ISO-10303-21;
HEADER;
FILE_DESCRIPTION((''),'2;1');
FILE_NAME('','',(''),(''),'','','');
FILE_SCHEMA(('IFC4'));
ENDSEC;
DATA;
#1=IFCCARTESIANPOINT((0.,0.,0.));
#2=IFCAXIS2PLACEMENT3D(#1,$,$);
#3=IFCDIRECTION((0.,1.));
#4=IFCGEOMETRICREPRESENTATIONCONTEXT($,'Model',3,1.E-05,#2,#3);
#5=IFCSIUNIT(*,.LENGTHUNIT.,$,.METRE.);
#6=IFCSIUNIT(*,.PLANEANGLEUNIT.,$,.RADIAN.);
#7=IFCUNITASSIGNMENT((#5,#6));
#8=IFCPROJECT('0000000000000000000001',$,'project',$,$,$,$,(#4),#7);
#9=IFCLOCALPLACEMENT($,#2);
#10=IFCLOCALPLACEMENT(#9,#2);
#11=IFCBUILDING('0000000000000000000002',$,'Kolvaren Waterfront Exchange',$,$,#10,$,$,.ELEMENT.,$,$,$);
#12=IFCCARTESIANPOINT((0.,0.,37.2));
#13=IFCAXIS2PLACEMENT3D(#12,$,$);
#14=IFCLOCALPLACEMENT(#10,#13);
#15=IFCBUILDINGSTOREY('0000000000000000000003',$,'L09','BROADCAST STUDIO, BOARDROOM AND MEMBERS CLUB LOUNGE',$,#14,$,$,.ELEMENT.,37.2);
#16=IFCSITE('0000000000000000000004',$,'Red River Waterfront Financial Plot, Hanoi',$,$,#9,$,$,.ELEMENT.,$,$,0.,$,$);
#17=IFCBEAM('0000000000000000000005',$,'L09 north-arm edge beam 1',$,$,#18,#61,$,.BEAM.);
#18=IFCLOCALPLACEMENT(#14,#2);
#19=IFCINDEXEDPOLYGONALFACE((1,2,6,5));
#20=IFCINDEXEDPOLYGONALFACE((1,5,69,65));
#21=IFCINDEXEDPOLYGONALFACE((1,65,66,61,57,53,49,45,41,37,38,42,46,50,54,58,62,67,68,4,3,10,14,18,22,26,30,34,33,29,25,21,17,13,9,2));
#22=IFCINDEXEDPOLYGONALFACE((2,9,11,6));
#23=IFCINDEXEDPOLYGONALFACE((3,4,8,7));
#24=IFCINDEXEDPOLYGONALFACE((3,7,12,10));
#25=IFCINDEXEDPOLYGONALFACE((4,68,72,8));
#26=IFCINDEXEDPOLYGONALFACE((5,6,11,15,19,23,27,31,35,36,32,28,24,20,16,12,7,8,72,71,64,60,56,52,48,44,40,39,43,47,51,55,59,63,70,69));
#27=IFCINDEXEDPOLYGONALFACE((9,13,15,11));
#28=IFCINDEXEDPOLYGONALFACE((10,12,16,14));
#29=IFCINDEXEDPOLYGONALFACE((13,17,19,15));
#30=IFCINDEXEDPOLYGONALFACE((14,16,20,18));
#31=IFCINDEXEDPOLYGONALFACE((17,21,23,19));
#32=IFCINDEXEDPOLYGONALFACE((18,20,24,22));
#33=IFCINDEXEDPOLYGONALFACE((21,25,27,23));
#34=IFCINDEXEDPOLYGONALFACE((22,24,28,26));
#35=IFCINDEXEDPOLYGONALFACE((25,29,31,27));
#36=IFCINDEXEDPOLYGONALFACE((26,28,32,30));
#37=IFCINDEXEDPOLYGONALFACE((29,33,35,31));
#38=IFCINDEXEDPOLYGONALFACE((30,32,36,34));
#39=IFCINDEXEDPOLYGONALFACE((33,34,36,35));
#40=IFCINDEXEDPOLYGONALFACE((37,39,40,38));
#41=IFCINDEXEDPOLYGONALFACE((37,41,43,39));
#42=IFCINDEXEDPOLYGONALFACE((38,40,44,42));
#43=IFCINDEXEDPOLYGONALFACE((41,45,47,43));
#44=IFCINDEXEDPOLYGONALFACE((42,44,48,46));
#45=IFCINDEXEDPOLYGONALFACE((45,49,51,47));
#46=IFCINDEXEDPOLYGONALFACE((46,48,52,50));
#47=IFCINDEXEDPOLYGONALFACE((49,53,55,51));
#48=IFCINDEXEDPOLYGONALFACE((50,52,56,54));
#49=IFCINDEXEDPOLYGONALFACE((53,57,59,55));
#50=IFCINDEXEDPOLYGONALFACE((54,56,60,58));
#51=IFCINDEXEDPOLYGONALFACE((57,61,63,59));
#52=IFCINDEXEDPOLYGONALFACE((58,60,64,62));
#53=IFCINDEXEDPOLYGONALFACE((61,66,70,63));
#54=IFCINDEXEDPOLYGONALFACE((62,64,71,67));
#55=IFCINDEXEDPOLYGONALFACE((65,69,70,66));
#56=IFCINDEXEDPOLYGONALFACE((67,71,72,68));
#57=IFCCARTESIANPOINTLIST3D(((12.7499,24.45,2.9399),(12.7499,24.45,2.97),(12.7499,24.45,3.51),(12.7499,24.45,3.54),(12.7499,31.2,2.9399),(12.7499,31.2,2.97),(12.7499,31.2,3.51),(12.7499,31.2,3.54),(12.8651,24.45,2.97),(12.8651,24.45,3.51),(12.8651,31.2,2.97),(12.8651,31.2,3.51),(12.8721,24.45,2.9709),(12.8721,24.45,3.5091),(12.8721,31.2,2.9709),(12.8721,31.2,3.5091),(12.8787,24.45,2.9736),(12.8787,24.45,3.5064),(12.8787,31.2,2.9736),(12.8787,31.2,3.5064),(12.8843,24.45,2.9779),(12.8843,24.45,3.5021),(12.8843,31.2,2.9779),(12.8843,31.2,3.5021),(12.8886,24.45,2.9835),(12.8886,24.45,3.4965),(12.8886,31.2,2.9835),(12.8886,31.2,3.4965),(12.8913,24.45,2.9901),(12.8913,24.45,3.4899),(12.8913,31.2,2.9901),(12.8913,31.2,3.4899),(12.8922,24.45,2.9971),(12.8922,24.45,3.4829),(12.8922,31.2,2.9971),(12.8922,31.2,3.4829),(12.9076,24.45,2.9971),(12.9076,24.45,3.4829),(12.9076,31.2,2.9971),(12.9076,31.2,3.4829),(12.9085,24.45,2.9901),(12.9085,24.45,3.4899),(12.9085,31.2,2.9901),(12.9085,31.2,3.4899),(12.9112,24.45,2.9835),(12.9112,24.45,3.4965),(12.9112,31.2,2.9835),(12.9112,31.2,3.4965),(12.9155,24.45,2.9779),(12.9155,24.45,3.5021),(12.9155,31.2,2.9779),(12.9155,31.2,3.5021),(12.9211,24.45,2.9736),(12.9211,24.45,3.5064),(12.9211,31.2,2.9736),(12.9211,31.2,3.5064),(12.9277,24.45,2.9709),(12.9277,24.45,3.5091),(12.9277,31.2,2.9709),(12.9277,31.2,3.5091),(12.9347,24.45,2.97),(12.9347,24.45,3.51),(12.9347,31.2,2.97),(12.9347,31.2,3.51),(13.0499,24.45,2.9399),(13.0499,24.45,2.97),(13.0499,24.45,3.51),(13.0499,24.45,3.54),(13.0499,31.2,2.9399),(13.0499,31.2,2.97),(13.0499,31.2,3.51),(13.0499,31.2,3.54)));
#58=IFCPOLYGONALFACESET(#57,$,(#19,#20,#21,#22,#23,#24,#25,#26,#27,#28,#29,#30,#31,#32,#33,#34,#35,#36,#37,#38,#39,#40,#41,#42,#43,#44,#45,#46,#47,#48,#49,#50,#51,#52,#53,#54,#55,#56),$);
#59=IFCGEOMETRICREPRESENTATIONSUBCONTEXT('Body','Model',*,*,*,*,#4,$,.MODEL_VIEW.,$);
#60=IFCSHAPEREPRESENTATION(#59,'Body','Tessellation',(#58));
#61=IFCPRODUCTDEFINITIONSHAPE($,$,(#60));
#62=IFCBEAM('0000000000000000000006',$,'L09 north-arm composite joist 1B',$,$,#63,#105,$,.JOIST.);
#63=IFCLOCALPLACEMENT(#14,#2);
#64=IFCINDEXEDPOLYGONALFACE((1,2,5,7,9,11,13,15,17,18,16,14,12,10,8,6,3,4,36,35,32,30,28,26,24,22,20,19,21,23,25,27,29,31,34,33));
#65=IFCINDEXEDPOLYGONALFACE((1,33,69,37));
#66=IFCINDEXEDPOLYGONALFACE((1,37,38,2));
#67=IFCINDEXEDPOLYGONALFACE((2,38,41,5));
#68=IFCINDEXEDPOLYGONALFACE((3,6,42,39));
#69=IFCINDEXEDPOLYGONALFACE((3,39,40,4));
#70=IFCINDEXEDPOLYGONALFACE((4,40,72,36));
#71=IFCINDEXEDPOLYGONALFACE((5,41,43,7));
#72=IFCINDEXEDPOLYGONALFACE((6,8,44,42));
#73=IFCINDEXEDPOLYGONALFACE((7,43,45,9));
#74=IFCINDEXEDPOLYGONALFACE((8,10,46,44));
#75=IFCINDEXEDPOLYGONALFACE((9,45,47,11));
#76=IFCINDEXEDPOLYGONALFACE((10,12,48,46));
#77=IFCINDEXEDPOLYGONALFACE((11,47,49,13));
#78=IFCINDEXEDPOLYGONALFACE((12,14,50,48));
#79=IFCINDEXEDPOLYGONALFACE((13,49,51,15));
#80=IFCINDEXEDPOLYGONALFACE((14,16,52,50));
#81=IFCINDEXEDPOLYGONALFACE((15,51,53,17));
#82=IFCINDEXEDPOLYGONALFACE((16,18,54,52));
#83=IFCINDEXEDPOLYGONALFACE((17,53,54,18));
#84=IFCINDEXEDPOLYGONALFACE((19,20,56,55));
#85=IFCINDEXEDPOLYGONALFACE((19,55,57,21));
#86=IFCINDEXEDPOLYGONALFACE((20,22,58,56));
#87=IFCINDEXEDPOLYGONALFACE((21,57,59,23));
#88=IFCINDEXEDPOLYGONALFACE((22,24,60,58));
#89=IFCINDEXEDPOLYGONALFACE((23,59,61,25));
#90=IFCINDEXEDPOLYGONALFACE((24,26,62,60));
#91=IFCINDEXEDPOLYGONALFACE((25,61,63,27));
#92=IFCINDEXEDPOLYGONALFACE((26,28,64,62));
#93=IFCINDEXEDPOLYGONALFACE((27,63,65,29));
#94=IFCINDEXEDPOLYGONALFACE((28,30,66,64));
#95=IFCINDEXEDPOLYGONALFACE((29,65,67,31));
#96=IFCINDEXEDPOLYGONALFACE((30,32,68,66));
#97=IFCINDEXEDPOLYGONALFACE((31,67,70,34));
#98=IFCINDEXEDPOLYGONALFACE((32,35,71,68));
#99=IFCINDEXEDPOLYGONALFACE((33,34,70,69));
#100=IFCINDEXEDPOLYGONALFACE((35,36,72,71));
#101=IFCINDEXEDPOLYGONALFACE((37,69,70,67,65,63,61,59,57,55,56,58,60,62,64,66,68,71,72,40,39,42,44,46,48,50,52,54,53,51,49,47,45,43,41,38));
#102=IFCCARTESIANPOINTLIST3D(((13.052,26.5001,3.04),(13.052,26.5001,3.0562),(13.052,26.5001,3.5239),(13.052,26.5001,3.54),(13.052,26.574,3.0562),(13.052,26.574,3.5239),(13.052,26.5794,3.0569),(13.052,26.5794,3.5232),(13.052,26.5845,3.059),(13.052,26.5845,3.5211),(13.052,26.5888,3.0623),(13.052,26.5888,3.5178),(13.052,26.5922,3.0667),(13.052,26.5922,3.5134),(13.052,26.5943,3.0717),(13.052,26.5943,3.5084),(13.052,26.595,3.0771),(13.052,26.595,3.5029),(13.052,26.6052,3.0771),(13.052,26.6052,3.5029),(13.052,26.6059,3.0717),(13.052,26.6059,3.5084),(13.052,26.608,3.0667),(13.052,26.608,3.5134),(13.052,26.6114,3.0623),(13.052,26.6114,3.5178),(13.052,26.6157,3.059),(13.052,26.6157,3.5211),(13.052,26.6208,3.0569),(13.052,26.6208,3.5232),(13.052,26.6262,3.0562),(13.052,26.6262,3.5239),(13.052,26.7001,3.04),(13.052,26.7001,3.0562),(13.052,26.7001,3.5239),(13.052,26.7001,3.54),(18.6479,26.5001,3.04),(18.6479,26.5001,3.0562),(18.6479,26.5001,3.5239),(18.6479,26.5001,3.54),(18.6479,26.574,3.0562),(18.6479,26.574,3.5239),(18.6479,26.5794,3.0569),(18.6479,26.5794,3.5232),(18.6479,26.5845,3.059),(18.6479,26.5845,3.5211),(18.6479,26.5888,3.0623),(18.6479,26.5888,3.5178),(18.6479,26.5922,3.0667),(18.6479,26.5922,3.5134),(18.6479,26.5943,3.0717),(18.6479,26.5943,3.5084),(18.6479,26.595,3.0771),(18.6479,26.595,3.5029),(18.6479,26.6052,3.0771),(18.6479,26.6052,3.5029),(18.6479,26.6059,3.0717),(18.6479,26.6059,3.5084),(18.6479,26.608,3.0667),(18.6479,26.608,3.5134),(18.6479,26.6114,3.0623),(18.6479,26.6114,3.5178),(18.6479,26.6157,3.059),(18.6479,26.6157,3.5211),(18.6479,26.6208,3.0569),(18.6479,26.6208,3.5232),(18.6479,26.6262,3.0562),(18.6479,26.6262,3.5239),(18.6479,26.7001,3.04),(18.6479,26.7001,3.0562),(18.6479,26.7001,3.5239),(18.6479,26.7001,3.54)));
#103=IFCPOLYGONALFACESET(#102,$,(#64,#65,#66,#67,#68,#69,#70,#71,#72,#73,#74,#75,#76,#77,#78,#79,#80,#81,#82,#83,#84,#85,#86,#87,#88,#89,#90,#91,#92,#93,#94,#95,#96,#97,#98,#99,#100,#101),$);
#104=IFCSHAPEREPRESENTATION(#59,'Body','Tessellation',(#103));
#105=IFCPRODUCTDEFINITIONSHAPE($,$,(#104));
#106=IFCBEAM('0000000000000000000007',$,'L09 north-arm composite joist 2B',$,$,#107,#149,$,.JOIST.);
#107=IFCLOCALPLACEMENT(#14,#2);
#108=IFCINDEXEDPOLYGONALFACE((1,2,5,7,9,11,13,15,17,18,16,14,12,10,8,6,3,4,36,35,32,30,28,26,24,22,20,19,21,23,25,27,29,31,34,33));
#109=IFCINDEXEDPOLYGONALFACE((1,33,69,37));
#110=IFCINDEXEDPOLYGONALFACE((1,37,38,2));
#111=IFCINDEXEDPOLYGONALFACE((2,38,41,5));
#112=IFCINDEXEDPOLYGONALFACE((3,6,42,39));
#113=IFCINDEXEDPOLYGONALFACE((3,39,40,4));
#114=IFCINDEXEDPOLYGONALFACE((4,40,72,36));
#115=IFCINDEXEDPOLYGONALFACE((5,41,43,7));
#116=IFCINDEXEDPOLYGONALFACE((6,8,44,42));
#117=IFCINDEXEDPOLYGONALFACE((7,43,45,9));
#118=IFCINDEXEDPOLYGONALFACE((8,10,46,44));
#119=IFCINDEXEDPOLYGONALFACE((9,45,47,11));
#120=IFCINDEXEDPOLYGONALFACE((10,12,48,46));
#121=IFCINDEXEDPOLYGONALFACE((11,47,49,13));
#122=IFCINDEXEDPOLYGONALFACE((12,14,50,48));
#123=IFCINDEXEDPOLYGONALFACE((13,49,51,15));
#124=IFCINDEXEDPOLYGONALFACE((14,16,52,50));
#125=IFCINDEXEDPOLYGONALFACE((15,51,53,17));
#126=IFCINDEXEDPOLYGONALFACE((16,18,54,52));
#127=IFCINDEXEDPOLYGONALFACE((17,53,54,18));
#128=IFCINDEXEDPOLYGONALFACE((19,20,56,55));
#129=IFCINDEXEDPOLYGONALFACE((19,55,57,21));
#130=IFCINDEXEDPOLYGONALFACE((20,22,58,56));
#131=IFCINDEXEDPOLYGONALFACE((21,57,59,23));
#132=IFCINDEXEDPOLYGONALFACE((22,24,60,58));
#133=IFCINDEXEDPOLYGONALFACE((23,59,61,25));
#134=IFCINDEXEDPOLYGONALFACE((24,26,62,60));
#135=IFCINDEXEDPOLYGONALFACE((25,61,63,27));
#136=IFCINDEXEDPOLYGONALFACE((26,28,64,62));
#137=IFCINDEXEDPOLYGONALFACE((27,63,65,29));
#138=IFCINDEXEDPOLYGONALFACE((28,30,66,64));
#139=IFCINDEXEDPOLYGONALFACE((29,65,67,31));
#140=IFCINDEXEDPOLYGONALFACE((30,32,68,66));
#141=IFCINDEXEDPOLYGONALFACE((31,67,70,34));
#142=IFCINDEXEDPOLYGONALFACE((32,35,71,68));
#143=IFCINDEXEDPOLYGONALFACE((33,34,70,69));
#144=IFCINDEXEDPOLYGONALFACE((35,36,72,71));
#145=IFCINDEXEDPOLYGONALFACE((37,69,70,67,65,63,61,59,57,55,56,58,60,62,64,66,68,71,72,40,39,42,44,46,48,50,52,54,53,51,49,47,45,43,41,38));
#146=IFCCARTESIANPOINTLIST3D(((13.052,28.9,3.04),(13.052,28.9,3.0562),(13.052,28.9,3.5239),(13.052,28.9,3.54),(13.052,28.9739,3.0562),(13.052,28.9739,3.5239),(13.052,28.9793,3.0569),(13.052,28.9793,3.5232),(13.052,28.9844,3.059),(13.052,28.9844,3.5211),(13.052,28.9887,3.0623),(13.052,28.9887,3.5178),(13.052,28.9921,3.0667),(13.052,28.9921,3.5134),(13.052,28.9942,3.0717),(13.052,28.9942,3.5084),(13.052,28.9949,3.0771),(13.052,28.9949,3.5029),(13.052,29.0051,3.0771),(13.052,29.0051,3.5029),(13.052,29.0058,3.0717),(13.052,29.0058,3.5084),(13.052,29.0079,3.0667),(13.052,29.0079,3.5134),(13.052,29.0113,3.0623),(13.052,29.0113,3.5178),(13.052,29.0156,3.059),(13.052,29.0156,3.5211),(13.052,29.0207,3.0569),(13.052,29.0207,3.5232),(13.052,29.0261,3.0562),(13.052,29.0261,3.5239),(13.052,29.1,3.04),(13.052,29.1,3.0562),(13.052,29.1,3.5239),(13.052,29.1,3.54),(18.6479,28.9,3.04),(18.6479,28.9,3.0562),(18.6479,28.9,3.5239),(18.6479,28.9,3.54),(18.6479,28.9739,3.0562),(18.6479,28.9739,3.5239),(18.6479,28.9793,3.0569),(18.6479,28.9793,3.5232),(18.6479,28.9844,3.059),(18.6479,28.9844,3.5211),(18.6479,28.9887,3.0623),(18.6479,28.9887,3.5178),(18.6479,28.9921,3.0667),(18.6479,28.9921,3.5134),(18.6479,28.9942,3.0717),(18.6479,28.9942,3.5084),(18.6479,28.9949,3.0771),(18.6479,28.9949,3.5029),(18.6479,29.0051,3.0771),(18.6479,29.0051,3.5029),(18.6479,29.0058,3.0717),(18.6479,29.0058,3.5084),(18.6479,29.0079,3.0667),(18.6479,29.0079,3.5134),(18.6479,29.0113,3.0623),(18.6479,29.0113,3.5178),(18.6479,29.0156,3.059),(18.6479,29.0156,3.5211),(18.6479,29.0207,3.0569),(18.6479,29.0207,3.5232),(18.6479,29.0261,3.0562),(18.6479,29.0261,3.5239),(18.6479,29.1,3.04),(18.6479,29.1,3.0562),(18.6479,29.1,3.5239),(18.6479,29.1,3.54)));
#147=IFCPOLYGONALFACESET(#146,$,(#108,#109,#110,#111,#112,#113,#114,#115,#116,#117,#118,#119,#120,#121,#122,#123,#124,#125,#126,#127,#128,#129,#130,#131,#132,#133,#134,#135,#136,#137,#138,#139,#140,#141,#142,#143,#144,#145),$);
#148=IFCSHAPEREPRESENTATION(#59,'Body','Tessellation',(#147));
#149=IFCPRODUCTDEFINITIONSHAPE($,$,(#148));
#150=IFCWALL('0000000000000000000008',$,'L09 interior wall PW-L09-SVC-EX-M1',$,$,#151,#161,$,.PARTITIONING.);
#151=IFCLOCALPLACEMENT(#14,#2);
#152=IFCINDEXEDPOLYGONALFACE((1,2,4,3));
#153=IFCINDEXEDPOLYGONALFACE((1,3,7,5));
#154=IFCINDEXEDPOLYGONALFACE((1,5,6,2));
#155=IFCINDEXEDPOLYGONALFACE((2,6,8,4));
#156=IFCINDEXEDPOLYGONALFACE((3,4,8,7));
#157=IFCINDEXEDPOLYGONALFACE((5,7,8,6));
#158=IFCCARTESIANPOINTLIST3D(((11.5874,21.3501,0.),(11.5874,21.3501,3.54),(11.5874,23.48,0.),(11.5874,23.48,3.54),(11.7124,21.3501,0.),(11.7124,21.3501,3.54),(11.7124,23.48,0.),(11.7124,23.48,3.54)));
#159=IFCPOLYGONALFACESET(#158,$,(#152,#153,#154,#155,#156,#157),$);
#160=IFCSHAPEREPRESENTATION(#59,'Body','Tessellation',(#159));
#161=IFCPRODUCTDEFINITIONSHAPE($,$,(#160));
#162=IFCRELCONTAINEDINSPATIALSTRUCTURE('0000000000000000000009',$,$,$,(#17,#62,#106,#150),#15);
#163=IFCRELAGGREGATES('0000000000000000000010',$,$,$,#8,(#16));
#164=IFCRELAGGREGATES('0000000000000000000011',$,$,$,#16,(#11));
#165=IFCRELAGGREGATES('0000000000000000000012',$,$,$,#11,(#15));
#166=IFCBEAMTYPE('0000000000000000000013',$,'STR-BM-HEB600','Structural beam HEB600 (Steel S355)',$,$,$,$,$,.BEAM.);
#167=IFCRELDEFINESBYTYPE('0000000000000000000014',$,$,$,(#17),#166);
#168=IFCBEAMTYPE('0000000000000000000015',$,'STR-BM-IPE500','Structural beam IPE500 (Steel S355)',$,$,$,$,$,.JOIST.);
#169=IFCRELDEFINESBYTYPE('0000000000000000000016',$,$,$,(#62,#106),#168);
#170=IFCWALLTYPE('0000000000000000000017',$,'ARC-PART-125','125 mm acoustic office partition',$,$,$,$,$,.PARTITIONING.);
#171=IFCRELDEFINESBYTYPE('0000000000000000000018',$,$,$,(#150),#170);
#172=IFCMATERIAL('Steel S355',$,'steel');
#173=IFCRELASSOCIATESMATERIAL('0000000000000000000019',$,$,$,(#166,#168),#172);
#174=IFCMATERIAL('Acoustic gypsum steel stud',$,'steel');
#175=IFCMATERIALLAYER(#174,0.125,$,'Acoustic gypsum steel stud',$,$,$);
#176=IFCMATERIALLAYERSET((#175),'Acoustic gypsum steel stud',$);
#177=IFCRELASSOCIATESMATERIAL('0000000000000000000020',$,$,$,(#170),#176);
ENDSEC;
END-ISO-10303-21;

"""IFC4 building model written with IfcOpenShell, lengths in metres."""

from ifc_helpers import new_model, si_unit, direction, frame, frame_2d, origin, origin_2d, place, context, subcontext, project, spatial, rectangle, i_section, extrude, material, layer, layer_set, material_profile, profile_set, type_object, element, save


model = new_model("IFC4")

# Units and contexts
model_context = context("Model", 3, precision=1e-05, world=origin(), true_north=direction((0.0, 1.0)))
body_context = subcontext(model_context, "Body", "Model", "MODEL_VIEW")
ifc_project = project(units=[si_unit("LENGTHUNIT", "METRE"), si_unit("PLANEANGLEUNIT", "RADIAN")], contexts=[model_context])

# Site, building, storey
site_placement = place(None, origin())
site = spatial("IfcSite", under=ifc_project, at=site_placement, Name="Red River Waterfront Financial Plot, Hanoi", CompositionType="ELEMENT", RefElevation=0.0)
building_placement = place(site_placement, origin())
building = spatial("IfcBuilding", under=site, at=building_placement, Name="Kolvaren Waterfront Exchange", CompositionType="ELEMENT")
storey_placement = place(building_placement, frame((0.0, 0.0, 37.2)))
storey = spatial("IfcBuildingStorey", under=building, at=storey_placement, Name="L09", Description="BROADCAST STUDIO, BOARDROOM AND MEMBERS CLUB LOUNGE", CompositionType="ELEMENT", Elevation=37.2)

# Beams
ifc_material_1 = material(Name="Steel S355", Category="steel")
ifc_material_profile_1 = material_profile(ifc_material_1, i_section(OverallWidth=0.3, OverallDepth=0.6001, WebThickness=0.0154, FlangeThickness=0.03, FilletRadius=0.0271, at=origin_2d()), Name="HEB600")
ifc_profile_set_1 = profile_set([ifc_material_profile_1], Name="Steel S355")
beam_type_1 = type_object("IfcBeamType", Name="STR-BM-HEB600", Description="Structural beam HEB600 (Steel S355)", PredefinedType="BEAM", material=ifc_profile_set_1)
beam_1_placement = place(storey_placement, frame((12.8999, 24.45, 3.24), z_axis=(0.0, 1.0, 0.0), x_axis=(-1.0, 0.0, 0.0)))
element("IfcBeam", 1, at=beam_1_placement, inside=storey, type_object=beam_type_1, Name="L09 north-arm edge beam 1", PredefinedType="BEAM", context=body_context, shape_type="SweptSolid", body=[
    extrude(i_section(OverallWidth=0.3, OverallDepth=0.6001, WebThickness=0.0154, FlangeThickness=0.03, FilletRadius=0.0271, at=origin_2d()), origin(), (0.0, 0.0, 1.0), 6.75),
])
ifc_material_profile_2 = material_profile(ifc_material_1, i_section(OverallWidth=0.2, OverallDepth=0.5, WebThickness=0.0103, FlangeThickness=0.0161, FilletRadius=0.021, at=origin_2d()), Name="IPE500")
ifc_profile_set_2 = profile_set([ifc_material_profile_2], Name="Steel S355")
beam_type_2 = type_object("IfcBeamType", Name="STR-BM-IPE500", Description="Structural beam IPE500 (Steel S355)", PredefinedType="JOIST", material=ifc_profile_set_2)
for number, where, z_axis, x_axis, name in (
    (2, (13.052, 26.6001, 3.29), (1.0, 0.0, 0.0), (0.0, 1.0, 0.0), "L09 north-arm composite joist 1B"),
    (3, (13.052, 29.0, 3.29), (1.0, 0.0, 0.0), (0.0, 1.0, 0.0), "L09 north-arm composite joist 2B"),
):
    element("IfcBeam", number, at=place(storey_placement, frame(where, z_axis=z_axis, x_axis=x_axis)), inside=storey, type_object=beam_type_2, Name=name, PredefinedType="JOIST", context=body_context, shape_type="SweptSolid", body=[
        extrude(i_section(OverallWidth=0.2, OverallDepth=0.5, WebThickness=0.0103, FlangeThickness=0.0161, FilletRadius=0.021, at=origin_2d()), origin(), (0.0, 0.0, 1.0), 5.5959),
    ])

# Shared definitions
ifc_material_2 = material(Name="Acoustic gypsum steel stud", Category="steel")
ifc_layer_1 = layer(ifc_material_2, 0.125, Name="Acoustic gypsum steel stud")
ifc_layer_set_1 = layer_set([ifc_layer_1], Name="Acoustic gypsum steel stud")
wall_type_1 = type_object("IfcWallType", Name="ARC-PART-125", Description="125 mm acoustic office partition", PredefinedType="PARTITIONING", material=ifc_layer_set_1)

# Wall
wall_1_placement = place(storey_placement, frame((11.6499, 21.3501, 0.0), z_axis=(0.0, 0.0, 1.0), x_axis=(0.0, 1.0, 0.0)))
element("IfcWall", 4, at=wall_1_placement, inside=storey, type_object=wall_type_1, Name="L09 interior wall PW-L09-SVC-EX-M1", PredefinedType="PARTITIONING", context=body_context, shape_type="SweptSolid", body=[
    extrude(rectangle(XDim=2.1299, YDim=0.125, at=frame_2d((1.0649, 0.0))), origin(), (0.0, 0.0, 1.0), 3.54),
])

save(model, "model.ifc")
